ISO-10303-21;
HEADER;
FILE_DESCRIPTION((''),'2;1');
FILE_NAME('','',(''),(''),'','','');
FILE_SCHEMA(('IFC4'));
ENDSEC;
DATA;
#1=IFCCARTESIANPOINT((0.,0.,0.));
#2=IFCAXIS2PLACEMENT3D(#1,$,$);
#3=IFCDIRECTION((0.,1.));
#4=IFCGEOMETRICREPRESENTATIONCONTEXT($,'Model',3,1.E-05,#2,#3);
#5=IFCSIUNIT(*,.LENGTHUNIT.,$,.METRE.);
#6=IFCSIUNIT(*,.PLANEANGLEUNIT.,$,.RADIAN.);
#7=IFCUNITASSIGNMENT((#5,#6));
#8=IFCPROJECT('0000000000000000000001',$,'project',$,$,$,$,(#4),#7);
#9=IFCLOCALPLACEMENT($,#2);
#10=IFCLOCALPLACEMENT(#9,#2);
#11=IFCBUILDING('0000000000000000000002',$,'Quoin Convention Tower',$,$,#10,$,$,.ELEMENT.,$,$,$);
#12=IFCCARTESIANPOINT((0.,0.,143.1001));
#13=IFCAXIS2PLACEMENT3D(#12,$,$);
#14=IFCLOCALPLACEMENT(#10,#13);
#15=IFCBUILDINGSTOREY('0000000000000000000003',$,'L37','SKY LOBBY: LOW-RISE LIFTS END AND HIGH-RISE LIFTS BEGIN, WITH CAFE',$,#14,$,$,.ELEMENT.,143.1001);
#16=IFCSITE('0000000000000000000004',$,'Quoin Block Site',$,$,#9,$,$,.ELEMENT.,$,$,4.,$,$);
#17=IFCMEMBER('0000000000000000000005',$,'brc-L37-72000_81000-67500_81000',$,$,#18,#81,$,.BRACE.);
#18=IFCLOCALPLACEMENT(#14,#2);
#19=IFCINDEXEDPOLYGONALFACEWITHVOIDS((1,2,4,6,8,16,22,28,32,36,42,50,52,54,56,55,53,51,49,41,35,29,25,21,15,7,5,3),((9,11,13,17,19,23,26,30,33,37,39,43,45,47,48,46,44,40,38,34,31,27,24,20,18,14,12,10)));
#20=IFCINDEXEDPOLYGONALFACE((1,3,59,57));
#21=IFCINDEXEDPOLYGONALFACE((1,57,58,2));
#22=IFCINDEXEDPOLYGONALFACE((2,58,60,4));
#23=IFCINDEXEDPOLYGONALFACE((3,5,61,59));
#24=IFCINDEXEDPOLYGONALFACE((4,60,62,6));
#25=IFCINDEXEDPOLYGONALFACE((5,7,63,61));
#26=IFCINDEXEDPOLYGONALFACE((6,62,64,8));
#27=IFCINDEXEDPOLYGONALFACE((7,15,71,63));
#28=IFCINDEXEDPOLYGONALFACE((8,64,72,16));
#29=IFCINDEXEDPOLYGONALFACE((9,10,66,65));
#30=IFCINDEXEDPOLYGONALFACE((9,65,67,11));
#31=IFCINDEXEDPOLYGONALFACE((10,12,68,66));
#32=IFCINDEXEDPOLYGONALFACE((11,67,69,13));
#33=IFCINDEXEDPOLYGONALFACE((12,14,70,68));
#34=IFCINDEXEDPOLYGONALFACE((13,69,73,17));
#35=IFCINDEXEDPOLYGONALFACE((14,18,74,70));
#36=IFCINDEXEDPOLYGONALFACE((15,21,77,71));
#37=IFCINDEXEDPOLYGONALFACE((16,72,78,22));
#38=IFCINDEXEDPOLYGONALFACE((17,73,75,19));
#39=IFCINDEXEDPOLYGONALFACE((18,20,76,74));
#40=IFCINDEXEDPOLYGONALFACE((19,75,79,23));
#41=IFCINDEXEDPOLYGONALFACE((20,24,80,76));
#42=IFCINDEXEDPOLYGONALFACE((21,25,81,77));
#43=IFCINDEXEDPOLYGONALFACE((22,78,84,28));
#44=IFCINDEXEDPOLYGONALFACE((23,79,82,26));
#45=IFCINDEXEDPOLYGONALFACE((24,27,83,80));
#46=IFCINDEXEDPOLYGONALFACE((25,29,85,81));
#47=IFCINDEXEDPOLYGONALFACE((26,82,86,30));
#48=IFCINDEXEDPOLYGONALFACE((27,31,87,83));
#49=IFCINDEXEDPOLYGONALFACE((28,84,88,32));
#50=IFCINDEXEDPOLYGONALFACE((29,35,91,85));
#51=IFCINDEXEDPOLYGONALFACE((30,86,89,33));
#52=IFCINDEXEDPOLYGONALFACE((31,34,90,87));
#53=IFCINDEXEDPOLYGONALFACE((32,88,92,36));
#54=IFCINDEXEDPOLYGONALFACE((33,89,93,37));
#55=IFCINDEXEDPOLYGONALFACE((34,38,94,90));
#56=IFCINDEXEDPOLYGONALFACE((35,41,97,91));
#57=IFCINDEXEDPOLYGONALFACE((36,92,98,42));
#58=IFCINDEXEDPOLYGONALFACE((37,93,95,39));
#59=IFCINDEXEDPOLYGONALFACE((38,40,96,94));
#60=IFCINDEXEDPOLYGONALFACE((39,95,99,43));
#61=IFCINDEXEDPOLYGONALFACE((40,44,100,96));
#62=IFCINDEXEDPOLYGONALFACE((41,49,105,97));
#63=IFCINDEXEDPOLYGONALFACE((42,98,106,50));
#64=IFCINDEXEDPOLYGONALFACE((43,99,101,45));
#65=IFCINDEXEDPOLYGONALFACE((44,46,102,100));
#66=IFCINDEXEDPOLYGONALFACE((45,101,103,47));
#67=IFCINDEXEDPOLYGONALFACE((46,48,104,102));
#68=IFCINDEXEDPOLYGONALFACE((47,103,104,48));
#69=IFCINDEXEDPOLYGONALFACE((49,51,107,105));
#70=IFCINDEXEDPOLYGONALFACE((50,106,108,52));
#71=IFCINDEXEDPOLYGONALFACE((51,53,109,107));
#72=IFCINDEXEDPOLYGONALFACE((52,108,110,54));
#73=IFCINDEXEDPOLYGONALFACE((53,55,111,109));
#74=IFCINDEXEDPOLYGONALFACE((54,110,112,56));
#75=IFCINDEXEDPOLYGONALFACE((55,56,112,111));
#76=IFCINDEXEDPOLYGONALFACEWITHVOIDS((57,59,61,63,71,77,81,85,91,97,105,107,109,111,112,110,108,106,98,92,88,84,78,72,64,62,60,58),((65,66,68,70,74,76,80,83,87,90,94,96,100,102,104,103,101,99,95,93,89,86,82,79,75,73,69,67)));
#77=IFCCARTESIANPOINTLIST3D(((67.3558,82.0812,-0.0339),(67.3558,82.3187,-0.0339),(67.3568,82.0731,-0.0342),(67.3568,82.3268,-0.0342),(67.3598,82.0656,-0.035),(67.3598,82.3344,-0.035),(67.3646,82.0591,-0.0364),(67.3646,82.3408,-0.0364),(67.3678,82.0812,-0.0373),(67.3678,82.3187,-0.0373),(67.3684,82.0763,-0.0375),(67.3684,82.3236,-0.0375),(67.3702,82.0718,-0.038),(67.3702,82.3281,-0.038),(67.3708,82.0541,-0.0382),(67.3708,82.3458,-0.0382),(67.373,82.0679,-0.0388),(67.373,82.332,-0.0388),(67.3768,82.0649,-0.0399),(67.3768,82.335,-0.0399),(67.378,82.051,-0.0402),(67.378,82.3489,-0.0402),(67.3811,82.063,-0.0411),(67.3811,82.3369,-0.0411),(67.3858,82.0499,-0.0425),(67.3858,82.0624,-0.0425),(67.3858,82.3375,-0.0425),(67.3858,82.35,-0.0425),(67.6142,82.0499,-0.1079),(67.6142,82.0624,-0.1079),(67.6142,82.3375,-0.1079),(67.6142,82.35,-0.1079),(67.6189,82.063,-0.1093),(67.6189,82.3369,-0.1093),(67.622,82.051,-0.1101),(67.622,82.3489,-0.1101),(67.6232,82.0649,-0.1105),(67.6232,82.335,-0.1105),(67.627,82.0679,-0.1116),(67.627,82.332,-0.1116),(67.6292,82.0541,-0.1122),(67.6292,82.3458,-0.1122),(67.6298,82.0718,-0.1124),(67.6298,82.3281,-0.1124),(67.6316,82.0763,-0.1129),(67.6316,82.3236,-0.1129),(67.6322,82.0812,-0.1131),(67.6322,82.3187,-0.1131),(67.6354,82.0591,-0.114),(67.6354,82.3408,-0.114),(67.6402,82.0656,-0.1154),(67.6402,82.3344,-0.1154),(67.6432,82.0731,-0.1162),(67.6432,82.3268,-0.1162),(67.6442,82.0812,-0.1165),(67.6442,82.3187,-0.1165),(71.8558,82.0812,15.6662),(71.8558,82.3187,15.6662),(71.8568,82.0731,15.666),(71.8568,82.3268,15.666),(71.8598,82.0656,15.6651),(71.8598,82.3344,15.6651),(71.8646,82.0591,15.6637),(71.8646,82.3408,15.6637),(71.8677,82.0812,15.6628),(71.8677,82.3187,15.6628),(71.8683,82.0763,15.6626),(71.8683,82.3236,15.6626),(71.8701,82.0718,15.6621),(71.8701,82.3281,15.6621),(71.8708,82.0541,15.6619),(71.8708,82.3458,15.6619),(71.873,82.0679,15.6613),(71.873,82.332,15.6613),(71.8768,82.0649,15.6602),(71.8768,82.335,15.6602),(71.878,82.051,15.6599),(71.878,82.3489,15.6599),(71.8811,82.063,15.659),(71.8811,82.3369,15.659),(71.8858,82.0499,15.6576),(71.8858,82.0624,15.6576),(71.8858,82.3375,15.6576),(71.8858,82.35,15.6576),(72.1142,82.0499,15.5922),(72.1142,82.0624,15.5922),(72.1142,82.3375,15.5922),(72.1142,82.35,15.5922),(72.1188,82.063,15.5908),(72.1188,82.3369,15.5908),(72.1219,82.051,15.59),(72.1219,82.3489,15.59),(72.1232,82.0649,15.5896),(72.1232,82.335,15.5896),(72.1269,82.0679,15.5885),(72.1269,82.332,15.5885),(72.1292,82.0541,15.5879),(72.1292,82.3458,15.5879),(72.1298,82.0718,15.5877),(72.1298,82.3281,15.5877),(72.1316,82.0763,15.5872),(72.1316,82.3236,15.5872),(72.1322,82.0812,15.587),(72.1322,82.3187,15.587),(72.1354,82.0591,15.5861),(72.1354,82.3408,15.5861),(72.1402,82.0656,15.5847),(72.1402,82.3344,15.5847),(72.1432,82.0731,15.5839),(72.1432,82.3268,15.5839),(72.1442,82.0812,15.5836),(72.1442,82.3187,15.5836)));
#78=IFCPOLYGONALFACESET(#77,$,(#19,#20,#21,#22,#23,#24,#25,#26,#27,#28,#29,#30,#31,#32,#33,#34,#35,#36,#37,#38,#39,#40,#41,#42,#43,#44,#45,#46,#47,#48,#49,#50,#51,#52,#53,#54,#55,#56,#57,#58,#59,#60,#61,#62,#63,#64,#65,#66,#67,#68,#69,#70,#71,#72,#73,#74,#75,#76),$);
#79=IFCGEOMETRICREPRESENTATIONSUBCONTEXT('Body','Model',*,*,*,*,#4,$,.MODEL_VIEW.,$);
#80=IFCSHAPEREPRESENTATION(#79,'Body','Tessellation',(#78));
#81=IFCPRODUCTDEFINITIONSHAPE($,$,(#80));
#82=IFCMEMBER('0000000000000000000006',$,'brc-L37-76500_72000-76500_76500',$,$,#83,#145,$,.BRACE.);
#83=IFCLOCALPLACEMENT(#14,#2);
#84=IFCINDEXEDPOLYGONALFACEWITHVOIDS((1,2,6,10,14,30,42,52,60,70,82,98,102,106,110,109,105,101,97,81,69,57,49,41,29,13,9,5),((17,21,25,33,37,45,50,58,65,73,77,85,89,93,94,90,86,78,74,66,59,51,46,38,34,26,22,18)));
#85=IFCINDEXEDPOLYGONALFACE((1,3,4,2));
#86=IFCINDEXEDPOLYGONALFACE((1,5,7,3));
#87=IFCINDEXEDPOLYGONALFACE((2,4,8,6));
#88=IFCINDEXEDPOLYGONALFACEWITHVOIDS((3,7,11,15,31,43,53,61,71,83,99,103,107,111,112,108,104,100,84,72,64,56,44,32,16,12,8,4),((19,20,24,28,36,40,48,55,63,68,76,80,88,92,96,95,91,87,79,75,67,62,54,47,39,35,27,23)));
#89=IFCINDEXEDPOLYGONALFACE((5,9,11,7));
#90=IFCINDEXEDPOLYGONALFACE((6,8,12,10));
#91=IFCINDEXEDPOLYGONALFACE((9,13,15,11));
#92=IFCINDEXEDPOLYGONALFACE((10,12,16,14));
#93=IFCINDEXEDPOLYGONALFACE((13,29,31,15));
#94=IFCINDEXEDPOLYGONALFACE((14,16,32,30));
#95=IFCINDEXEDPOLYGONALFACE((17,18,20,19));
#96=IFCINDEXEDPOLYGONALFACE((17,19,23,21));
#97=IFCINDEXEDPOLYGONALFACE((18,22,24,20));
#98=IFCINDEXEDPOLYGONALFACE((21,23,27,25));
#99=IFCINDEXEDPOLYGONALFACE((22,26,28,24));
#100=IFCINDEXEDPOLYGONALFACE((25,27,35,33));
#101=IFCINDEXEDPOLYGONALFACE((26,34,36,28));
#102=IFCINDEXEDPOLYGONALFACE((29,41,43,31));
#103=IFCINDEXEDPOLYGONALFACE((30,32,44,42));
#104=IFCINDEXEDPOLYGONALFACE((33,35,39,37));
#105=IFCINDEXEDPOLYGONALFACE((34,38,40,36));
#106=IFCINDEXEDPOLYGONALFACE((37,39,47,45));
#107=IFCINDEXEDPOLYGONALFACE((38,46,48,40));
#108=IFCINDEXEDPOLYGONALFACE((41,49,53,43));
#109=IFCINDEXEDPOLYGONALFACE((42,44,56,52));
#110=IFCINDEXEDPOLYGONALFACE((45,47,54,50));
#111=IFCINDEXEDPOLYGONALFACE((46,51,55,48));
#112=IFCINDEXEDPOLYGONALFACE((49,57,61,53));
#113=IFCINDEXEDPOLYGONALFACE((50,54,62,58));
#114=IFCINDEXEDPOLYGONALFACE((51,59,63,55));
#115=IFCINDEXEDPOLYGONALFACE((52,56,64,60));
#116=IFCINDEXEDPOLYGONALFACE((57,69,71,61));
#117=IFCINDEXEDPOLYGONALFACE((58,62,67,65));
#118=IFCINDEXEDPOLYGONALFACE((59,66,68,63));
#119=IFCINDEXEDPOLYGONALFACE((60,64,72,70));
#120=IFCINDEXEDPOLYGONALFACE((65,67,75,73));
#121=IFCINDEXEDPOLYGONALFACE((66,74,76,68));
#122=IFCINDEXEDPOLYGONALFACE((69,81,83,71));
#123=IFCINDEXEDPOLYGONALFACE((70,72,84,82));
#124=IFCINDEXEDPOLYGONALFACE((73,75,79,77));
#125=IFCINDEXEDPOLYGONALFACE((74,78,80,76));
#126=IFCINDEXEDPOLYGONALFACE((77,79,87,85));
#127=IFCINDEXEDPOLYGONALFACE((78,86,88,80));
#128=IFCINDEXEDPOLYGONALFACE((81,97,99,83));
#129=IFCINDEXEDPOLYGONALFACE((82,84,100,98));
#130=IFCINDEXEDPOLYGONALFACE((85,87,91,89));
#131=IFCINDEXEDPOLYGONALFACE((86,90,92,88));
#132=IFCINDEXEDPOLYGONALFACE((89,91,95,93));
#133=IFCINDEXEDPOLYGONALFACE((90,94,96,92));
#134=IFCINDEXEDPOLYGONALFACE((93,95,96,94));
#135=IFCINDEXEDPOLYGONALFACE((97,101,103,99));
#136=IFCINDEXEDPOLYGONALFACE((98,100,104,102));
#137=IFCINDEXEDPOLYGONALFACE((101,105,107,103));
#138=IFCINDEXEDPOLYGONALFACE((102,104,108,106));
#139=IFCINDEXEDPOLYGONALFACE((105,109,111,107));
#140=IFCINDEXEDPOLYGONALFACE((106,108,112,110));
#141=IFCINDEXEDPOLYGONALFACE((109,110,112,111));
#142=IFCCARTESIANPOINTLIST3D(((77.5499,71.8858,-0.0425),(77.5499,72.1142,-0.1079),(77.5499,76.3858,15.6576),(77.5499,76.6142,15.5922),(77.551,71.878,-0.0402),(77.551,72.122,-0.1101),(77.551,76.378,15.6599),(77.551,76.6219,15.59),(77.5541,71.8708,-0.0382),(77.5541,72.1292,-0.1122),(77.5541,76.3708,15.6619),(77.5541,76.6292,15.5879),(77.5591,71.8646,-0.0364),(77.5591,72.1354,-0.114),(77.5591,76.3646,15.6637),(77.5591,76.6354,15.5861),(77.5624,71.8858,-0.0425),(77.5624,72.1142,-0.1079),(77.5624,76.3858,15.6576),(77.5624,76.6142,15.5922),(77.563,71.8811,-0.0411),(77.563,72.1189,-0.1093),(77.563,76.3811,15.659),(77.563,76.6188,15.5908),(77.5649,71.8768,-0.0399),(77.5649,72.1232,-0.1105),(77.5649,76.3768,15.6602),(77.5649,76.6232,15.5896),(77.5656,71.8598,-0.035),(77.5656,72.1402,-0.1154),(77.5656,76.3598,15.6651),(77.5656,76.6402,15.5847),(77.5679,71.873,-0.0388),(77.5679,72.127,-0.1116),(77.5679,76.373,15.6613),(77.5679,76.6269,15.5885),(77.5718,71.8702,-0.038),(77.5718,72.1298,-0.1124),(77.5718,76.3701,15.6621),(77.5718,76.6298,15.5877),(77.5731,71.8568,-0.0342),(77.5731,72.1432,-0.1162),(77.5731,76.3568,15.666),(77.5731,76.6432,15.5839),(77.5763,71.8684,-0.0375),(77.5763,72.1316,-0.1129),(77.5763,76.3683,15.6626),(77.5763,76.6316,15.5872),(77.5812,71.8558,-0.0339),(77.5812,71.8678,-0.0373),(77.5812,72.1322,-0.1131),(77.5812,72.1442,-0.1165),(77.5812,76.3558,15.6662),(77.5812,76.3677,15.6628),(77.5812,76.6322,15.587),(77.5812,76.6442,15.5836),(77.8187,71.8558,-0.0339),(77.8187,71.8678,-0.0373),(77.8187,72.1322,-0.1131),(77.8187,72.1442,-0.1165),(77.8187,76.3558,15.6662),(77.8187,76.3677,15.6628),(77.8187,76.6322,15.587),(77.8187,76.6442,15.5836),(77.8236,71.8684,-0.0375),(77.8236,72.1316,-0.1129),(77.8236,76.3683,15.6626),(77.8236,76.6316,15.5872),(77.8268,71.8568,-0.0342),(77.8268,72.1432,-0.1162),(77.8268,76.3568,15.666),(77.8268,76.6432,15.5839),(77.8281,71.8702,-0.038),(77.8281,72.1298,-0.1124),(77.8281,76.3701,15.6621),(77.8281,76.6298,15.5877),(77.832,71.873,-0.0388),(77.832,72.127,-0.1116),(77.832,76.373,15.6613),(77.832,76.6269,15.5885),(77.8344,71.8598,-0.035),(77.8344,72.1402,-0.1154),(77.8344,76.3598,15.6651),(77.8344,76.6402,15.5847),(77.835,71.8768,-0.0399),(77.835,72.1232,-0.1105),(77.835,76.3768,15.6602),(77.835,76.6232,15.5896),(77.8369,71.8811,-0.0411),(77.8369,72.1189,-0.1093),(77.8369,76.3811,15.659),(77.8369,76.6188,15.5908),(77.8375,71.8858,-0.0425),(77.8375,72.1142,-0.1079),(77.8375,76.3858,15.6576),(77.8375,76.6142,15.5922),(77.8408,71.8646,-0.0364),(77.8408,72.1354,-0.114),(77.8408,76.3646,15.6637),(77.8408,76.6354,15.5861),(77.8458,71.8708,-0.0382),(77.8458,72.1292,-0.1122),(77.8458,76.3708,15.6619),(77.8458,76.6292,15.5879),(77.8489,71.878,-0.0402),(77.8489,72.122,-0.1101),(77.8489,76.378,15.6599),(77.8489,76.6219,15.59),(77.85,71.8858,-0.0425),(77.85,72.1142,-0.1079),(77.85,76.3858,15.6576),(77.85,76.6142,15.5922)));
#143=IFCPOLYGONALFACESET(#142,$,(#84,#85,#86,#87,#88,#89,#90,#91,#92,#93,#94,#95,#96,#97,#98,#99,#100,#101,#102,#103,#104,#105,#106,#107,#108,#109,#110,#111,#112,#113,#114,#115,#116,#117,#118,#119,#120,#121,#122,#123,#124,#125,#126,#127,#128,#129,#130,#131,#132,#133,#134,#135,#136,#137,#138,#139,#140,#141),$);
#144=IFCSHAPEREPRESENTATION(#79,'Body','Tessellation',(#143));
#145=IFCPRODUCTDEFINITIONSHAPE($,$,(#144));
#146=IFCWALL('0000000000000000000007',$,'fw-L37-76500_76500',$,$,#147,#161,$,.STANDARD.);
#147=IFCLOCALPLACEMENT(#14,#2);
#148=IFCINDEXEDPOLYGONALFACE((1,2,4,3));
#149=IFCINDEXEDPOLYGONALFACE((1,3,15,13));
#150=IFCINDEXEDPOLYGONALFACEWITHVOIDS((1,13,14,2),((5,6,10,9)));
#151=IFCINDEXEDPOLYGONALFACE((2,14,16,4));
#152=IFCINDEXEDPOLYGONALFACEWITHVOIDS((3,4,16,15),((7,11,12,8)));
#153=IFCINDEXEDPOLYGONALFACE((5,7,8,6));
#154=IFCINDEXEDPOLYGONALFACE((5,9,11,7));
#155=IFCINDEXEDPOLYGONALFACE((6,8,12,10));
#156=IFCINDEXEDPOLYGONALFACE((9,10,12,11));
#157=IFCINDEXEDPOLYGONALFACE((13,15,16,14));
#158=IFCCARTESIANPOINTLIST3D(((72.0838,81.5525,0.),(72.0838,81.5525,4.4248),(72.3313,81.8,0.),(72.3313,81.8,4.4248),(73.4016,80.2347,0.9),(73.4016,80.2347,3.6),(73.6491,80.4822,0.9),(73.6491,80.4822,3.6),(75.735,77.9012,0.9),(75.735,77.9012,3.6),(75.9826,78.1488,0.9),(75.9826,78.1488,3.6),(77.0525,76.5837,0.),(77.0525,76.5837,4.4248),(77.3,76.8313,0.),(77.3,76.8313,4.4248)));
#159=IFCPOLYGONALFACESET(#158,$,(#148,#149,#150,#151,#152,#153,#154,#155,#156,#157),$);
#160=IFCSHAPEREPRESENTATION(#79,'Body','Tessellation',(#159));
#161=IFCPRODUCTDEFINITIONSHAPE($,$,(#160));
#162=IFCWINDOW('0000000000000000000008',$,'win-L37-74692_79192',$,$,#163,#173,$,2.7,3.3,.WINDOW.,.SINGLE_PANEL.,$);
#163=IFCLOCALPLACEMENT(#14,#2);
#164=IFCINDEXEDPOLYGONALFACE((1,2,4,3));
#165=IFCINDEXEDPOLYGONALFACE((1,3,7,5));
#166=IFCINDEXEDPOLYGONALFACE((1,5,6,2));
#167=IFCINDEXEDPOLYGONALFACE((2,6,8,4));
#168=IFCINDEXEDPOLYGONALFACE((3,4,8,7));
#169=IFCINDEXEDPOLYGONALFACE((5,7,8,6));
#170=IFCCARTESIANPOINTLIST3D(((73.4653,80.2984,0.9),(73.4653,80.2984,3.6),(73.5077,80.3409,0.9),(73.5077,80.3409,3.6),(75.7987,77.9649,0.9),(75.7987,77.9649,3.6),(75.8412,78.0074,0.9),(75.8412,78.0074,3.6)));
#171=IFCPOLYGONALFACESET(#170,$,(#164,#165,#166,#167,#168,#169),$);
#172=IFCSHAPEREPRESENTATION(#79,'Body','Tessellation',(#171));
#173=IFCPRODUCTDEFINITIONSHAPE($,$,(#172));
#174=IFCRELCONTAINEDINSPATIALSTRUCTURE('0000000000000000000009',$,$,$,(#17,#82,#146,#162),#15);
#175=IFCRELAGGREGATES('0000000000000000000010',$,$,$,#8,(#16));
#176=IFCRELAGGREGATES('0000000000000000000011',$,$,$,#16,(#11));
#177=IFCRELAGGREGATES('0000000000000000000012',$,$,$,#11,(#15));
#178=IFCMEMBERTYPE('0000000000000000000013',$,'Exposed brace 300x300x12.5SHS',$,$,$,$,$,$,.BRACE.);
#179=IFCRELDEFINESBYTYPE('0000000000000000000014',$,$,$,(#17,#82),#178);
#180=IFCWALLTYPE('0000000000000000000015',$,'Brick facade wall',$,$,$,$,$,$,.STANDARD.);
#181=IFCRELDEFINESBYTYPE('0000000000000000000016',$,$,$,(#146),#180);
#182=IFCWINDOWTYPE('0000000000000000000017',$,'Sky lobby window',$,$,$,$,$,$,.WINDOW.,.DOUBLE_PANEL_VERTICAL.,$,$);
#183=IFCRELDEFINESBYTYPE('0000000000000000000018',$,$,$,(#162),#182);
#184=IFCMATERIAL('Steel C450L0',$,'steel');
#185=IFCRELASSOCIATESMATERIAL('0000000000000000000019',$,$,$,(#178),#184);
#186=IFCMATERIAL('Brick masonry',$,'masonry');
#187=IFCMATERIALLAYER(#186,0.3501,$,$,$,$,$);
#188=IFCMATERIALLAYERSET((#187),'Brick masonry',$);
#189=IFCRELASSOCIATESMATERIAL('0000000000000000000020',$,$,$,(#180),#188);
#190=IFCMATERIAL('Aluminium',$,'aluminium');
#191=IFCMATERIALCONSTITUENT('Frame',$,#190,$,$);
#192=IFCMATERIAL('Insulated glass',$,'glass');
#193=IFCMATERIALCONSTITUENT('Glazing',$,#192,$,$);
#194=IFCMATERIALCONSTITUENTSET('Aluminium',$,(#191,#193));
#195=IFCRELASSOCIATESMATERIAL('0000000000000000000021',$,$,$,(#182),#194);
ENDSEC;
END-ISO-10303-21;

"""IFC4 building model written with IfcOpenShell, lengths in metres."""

from ifc_helpers import new_model, si_unit, direction, frame, frame_2d, origin, origin_2d, place, context, subcontext, project, spatial, rectangle, hollow_rectangle, extrude, material, layer, layer_set, constituent, constituent_set, material_profile, profile_set, type_object, element, fill, save


model = new_model("IFC4")

# Units and contexts
model_context = context("Model", 3, precision=1e-05, world=origin(), true_north=direction((0.0, 1.0)))
body_context = subcontext(model_context, "Body", "Model", "MODEL_VIEW")
ifc_project = project(units=[si_unit("LENGTHUNIT", "METRE"), si_unit("PLANEANGLEUNIT", "RADIAN")], contexts=[model_context])

# Site, building, storey
site_placement = place(None, origin())
site = spatial("IfcSite", under=ifc_project, at=site_placement, Name="Quoin Block Site", CompositionType="ELEMENT", RefElevation=4.0)
building_placement = place(site_placement, origin())
building = spatial("IfcBuilding", under=site, at=building_placement, Name="Quoin Convention Tower", CompositionType="ELEMENT")
storey_placement = place(building_placement, frame((0.0, 0.0, 143.1001)))
storey = spatial("IfcBuildingStorey", under=building, at=storey_placement, Name="L37", Description="SKY LOBBY: LOW-RISE LIFTS END AND HIGH-RISE LIFTS BEGIN, WITH CAFE", CompositionType="ELEMENT", Elevation=143.1001)

# Members
ifc_material_1 = material(Name="Steel C450L0", Category="steel")
ifc_material_profile_1 = material_profile(ifc_material_1, hollow_rectangle(XDim=0.3, YDim=0.3, WallThickness=0.0125, InnerFilletRadius=0.0188, OuterFilletRadius=0.0312, at=origin_2d()), Name="300x300x12.5SHS")
ifc_profile_set_1 = profile_set([ifc_material_profile_1], Name="Steel C450L0")
member_type = type_object("IfcMemberType", Name="Exposed brace 300x300x12.5SHS", PredefinedType="BRACE", material=ifc_profile_set_1)
for number, where, z_axis, x_axis, name in (
    (1, (67.5, 82.2, -0.0752), (0.275527, 0.0, 0.961293), (0.0, 1.0, 0.0), "brc-L37-72000_81000-67500_81000"),
    (2, (77.7, 72.0, -0.0752), (0.0, 0.275527, 0.961293), (-1.0, 0.0, 0.0), "brc-L37-76500_72000-76500_76500"),
):
    element("IfcMember", number, at=place(storey_placement, frame(where, z_axis=z_axis, x_axis=x_axis)), inside=storey, type_object=member_type, Name=name, PredefinedType="BRACE", context=body_context, shape_type="SweptSolid", body=[
        extrude(hollow_rectangle(XDim=0.3, YDim=0.3, WallThickness=0.0125, InnerFilletRadius=0.0188, OuterFilletRadius=0.0312, at=origin_2d()), origin(), (0.0, 0.0, 1.0), 16.3323),
    ])

# Wall, opening, window
ifc_material_2 = material(Name="Brick masonry", Category="masonry")
ifc_layer_1 = layer(ifc_material_2, 0.3501)
ifc_layer_set_1 = layer_set([ifc_layer_1], Name="Brick masonry")
wall_type_1 = type_object("IfcWallType", Name="Brick facade wall", PredefinedType="STANDARD", material=ifc_layer_set_1)
wall_1_placement = place(storey_placement, frame((77.1763, 76.7075, 0.0), z_axis=(0.0, 0.0, 1.0), x_axis=(-0.707107, 0.707107, 0.0)))
wall_1 = element("IfcWall", 3, at=wall_1_placement, inside=storey, type_object=wall_type_1, Name="fw-L37-76500_76500", PredefinedType="STANDARD", context=body_context, shape_type="SweptSolid", body=[
    extrude(rectangle(XDim=7.0269, YDim=0.3501, at=frame_2d((3.5134, 0.0))), origin(), (0.0, 0.0, 1.0), 4.4248),
])
opening_1_placement = place(wall_1_placement, frame((1.8633, 0.0, 0.8999)))
opening_1 = element("IfcOpeningElement", 4, at=opening_1_placement, cuts=wall_1, PredefinedType="OPENING", context=body_context, shape_type="SweptSolid", body=[
    extrude(rectangle(XDim=3.3, YDim=2.7, at=frame_2d((1.6499, 1.3501))), frame((0.0, 0.1851, 0.0), z_axis=(0.0, -1.0, 0.0), x_axis=(1.0, 0.0, 0.0)), (0.0, 0.0, 1.0), 0.3701),
])
ifc_material_3 = material(Name="Aluminium", Category="aluminium")
ifc_constituent_1 = constituent(ifc_material_3, Name="Frame")
ifc_material_4 = material(Name="Insulated glass", Category="glass")
ifc_constituent_2 = constituent(ifc_material_4, Name="Glazing")
ifc_constituent_set = constituent_set(constituents=[ifc_constituent_1, ifc_constituent_2], Name="Aluminium")
window_type = type_object("IfcWindowType", Name="Sky lobby window", PartitioningType="DOUBLE_PANEL_VERTICAL", PredefinedType="WINDOW", material=ifc_constituent_set)
window_1_placement = place(opening_1_placement, origin())
window_1 = element("IfcWindow", 5, at=window_1_placement, inside=storey, type_object=window_type, Name="win-L37-74692_79192", OverallHeight=2.7, OverallWidth=3.3, PartitioningType="SINGLE_PANEL", PredefinedType="WINDOW", context=body_context, shape_type="SweptSolid", body=[
    extrude(rectangle(XDim=3.3, YDim=2.7, at=frame_2d((1.6499, 1.3501))), frame((0.0, 0.085, 0.0), z_axis=(0.0, -1.0, 0.0), x_axis=(1.0, 0.0, 0.0)), (0.0, 0.0, 1.0), 0.0601),
])
fill(opening_1, window_1)

save(model, "model.ifc")
